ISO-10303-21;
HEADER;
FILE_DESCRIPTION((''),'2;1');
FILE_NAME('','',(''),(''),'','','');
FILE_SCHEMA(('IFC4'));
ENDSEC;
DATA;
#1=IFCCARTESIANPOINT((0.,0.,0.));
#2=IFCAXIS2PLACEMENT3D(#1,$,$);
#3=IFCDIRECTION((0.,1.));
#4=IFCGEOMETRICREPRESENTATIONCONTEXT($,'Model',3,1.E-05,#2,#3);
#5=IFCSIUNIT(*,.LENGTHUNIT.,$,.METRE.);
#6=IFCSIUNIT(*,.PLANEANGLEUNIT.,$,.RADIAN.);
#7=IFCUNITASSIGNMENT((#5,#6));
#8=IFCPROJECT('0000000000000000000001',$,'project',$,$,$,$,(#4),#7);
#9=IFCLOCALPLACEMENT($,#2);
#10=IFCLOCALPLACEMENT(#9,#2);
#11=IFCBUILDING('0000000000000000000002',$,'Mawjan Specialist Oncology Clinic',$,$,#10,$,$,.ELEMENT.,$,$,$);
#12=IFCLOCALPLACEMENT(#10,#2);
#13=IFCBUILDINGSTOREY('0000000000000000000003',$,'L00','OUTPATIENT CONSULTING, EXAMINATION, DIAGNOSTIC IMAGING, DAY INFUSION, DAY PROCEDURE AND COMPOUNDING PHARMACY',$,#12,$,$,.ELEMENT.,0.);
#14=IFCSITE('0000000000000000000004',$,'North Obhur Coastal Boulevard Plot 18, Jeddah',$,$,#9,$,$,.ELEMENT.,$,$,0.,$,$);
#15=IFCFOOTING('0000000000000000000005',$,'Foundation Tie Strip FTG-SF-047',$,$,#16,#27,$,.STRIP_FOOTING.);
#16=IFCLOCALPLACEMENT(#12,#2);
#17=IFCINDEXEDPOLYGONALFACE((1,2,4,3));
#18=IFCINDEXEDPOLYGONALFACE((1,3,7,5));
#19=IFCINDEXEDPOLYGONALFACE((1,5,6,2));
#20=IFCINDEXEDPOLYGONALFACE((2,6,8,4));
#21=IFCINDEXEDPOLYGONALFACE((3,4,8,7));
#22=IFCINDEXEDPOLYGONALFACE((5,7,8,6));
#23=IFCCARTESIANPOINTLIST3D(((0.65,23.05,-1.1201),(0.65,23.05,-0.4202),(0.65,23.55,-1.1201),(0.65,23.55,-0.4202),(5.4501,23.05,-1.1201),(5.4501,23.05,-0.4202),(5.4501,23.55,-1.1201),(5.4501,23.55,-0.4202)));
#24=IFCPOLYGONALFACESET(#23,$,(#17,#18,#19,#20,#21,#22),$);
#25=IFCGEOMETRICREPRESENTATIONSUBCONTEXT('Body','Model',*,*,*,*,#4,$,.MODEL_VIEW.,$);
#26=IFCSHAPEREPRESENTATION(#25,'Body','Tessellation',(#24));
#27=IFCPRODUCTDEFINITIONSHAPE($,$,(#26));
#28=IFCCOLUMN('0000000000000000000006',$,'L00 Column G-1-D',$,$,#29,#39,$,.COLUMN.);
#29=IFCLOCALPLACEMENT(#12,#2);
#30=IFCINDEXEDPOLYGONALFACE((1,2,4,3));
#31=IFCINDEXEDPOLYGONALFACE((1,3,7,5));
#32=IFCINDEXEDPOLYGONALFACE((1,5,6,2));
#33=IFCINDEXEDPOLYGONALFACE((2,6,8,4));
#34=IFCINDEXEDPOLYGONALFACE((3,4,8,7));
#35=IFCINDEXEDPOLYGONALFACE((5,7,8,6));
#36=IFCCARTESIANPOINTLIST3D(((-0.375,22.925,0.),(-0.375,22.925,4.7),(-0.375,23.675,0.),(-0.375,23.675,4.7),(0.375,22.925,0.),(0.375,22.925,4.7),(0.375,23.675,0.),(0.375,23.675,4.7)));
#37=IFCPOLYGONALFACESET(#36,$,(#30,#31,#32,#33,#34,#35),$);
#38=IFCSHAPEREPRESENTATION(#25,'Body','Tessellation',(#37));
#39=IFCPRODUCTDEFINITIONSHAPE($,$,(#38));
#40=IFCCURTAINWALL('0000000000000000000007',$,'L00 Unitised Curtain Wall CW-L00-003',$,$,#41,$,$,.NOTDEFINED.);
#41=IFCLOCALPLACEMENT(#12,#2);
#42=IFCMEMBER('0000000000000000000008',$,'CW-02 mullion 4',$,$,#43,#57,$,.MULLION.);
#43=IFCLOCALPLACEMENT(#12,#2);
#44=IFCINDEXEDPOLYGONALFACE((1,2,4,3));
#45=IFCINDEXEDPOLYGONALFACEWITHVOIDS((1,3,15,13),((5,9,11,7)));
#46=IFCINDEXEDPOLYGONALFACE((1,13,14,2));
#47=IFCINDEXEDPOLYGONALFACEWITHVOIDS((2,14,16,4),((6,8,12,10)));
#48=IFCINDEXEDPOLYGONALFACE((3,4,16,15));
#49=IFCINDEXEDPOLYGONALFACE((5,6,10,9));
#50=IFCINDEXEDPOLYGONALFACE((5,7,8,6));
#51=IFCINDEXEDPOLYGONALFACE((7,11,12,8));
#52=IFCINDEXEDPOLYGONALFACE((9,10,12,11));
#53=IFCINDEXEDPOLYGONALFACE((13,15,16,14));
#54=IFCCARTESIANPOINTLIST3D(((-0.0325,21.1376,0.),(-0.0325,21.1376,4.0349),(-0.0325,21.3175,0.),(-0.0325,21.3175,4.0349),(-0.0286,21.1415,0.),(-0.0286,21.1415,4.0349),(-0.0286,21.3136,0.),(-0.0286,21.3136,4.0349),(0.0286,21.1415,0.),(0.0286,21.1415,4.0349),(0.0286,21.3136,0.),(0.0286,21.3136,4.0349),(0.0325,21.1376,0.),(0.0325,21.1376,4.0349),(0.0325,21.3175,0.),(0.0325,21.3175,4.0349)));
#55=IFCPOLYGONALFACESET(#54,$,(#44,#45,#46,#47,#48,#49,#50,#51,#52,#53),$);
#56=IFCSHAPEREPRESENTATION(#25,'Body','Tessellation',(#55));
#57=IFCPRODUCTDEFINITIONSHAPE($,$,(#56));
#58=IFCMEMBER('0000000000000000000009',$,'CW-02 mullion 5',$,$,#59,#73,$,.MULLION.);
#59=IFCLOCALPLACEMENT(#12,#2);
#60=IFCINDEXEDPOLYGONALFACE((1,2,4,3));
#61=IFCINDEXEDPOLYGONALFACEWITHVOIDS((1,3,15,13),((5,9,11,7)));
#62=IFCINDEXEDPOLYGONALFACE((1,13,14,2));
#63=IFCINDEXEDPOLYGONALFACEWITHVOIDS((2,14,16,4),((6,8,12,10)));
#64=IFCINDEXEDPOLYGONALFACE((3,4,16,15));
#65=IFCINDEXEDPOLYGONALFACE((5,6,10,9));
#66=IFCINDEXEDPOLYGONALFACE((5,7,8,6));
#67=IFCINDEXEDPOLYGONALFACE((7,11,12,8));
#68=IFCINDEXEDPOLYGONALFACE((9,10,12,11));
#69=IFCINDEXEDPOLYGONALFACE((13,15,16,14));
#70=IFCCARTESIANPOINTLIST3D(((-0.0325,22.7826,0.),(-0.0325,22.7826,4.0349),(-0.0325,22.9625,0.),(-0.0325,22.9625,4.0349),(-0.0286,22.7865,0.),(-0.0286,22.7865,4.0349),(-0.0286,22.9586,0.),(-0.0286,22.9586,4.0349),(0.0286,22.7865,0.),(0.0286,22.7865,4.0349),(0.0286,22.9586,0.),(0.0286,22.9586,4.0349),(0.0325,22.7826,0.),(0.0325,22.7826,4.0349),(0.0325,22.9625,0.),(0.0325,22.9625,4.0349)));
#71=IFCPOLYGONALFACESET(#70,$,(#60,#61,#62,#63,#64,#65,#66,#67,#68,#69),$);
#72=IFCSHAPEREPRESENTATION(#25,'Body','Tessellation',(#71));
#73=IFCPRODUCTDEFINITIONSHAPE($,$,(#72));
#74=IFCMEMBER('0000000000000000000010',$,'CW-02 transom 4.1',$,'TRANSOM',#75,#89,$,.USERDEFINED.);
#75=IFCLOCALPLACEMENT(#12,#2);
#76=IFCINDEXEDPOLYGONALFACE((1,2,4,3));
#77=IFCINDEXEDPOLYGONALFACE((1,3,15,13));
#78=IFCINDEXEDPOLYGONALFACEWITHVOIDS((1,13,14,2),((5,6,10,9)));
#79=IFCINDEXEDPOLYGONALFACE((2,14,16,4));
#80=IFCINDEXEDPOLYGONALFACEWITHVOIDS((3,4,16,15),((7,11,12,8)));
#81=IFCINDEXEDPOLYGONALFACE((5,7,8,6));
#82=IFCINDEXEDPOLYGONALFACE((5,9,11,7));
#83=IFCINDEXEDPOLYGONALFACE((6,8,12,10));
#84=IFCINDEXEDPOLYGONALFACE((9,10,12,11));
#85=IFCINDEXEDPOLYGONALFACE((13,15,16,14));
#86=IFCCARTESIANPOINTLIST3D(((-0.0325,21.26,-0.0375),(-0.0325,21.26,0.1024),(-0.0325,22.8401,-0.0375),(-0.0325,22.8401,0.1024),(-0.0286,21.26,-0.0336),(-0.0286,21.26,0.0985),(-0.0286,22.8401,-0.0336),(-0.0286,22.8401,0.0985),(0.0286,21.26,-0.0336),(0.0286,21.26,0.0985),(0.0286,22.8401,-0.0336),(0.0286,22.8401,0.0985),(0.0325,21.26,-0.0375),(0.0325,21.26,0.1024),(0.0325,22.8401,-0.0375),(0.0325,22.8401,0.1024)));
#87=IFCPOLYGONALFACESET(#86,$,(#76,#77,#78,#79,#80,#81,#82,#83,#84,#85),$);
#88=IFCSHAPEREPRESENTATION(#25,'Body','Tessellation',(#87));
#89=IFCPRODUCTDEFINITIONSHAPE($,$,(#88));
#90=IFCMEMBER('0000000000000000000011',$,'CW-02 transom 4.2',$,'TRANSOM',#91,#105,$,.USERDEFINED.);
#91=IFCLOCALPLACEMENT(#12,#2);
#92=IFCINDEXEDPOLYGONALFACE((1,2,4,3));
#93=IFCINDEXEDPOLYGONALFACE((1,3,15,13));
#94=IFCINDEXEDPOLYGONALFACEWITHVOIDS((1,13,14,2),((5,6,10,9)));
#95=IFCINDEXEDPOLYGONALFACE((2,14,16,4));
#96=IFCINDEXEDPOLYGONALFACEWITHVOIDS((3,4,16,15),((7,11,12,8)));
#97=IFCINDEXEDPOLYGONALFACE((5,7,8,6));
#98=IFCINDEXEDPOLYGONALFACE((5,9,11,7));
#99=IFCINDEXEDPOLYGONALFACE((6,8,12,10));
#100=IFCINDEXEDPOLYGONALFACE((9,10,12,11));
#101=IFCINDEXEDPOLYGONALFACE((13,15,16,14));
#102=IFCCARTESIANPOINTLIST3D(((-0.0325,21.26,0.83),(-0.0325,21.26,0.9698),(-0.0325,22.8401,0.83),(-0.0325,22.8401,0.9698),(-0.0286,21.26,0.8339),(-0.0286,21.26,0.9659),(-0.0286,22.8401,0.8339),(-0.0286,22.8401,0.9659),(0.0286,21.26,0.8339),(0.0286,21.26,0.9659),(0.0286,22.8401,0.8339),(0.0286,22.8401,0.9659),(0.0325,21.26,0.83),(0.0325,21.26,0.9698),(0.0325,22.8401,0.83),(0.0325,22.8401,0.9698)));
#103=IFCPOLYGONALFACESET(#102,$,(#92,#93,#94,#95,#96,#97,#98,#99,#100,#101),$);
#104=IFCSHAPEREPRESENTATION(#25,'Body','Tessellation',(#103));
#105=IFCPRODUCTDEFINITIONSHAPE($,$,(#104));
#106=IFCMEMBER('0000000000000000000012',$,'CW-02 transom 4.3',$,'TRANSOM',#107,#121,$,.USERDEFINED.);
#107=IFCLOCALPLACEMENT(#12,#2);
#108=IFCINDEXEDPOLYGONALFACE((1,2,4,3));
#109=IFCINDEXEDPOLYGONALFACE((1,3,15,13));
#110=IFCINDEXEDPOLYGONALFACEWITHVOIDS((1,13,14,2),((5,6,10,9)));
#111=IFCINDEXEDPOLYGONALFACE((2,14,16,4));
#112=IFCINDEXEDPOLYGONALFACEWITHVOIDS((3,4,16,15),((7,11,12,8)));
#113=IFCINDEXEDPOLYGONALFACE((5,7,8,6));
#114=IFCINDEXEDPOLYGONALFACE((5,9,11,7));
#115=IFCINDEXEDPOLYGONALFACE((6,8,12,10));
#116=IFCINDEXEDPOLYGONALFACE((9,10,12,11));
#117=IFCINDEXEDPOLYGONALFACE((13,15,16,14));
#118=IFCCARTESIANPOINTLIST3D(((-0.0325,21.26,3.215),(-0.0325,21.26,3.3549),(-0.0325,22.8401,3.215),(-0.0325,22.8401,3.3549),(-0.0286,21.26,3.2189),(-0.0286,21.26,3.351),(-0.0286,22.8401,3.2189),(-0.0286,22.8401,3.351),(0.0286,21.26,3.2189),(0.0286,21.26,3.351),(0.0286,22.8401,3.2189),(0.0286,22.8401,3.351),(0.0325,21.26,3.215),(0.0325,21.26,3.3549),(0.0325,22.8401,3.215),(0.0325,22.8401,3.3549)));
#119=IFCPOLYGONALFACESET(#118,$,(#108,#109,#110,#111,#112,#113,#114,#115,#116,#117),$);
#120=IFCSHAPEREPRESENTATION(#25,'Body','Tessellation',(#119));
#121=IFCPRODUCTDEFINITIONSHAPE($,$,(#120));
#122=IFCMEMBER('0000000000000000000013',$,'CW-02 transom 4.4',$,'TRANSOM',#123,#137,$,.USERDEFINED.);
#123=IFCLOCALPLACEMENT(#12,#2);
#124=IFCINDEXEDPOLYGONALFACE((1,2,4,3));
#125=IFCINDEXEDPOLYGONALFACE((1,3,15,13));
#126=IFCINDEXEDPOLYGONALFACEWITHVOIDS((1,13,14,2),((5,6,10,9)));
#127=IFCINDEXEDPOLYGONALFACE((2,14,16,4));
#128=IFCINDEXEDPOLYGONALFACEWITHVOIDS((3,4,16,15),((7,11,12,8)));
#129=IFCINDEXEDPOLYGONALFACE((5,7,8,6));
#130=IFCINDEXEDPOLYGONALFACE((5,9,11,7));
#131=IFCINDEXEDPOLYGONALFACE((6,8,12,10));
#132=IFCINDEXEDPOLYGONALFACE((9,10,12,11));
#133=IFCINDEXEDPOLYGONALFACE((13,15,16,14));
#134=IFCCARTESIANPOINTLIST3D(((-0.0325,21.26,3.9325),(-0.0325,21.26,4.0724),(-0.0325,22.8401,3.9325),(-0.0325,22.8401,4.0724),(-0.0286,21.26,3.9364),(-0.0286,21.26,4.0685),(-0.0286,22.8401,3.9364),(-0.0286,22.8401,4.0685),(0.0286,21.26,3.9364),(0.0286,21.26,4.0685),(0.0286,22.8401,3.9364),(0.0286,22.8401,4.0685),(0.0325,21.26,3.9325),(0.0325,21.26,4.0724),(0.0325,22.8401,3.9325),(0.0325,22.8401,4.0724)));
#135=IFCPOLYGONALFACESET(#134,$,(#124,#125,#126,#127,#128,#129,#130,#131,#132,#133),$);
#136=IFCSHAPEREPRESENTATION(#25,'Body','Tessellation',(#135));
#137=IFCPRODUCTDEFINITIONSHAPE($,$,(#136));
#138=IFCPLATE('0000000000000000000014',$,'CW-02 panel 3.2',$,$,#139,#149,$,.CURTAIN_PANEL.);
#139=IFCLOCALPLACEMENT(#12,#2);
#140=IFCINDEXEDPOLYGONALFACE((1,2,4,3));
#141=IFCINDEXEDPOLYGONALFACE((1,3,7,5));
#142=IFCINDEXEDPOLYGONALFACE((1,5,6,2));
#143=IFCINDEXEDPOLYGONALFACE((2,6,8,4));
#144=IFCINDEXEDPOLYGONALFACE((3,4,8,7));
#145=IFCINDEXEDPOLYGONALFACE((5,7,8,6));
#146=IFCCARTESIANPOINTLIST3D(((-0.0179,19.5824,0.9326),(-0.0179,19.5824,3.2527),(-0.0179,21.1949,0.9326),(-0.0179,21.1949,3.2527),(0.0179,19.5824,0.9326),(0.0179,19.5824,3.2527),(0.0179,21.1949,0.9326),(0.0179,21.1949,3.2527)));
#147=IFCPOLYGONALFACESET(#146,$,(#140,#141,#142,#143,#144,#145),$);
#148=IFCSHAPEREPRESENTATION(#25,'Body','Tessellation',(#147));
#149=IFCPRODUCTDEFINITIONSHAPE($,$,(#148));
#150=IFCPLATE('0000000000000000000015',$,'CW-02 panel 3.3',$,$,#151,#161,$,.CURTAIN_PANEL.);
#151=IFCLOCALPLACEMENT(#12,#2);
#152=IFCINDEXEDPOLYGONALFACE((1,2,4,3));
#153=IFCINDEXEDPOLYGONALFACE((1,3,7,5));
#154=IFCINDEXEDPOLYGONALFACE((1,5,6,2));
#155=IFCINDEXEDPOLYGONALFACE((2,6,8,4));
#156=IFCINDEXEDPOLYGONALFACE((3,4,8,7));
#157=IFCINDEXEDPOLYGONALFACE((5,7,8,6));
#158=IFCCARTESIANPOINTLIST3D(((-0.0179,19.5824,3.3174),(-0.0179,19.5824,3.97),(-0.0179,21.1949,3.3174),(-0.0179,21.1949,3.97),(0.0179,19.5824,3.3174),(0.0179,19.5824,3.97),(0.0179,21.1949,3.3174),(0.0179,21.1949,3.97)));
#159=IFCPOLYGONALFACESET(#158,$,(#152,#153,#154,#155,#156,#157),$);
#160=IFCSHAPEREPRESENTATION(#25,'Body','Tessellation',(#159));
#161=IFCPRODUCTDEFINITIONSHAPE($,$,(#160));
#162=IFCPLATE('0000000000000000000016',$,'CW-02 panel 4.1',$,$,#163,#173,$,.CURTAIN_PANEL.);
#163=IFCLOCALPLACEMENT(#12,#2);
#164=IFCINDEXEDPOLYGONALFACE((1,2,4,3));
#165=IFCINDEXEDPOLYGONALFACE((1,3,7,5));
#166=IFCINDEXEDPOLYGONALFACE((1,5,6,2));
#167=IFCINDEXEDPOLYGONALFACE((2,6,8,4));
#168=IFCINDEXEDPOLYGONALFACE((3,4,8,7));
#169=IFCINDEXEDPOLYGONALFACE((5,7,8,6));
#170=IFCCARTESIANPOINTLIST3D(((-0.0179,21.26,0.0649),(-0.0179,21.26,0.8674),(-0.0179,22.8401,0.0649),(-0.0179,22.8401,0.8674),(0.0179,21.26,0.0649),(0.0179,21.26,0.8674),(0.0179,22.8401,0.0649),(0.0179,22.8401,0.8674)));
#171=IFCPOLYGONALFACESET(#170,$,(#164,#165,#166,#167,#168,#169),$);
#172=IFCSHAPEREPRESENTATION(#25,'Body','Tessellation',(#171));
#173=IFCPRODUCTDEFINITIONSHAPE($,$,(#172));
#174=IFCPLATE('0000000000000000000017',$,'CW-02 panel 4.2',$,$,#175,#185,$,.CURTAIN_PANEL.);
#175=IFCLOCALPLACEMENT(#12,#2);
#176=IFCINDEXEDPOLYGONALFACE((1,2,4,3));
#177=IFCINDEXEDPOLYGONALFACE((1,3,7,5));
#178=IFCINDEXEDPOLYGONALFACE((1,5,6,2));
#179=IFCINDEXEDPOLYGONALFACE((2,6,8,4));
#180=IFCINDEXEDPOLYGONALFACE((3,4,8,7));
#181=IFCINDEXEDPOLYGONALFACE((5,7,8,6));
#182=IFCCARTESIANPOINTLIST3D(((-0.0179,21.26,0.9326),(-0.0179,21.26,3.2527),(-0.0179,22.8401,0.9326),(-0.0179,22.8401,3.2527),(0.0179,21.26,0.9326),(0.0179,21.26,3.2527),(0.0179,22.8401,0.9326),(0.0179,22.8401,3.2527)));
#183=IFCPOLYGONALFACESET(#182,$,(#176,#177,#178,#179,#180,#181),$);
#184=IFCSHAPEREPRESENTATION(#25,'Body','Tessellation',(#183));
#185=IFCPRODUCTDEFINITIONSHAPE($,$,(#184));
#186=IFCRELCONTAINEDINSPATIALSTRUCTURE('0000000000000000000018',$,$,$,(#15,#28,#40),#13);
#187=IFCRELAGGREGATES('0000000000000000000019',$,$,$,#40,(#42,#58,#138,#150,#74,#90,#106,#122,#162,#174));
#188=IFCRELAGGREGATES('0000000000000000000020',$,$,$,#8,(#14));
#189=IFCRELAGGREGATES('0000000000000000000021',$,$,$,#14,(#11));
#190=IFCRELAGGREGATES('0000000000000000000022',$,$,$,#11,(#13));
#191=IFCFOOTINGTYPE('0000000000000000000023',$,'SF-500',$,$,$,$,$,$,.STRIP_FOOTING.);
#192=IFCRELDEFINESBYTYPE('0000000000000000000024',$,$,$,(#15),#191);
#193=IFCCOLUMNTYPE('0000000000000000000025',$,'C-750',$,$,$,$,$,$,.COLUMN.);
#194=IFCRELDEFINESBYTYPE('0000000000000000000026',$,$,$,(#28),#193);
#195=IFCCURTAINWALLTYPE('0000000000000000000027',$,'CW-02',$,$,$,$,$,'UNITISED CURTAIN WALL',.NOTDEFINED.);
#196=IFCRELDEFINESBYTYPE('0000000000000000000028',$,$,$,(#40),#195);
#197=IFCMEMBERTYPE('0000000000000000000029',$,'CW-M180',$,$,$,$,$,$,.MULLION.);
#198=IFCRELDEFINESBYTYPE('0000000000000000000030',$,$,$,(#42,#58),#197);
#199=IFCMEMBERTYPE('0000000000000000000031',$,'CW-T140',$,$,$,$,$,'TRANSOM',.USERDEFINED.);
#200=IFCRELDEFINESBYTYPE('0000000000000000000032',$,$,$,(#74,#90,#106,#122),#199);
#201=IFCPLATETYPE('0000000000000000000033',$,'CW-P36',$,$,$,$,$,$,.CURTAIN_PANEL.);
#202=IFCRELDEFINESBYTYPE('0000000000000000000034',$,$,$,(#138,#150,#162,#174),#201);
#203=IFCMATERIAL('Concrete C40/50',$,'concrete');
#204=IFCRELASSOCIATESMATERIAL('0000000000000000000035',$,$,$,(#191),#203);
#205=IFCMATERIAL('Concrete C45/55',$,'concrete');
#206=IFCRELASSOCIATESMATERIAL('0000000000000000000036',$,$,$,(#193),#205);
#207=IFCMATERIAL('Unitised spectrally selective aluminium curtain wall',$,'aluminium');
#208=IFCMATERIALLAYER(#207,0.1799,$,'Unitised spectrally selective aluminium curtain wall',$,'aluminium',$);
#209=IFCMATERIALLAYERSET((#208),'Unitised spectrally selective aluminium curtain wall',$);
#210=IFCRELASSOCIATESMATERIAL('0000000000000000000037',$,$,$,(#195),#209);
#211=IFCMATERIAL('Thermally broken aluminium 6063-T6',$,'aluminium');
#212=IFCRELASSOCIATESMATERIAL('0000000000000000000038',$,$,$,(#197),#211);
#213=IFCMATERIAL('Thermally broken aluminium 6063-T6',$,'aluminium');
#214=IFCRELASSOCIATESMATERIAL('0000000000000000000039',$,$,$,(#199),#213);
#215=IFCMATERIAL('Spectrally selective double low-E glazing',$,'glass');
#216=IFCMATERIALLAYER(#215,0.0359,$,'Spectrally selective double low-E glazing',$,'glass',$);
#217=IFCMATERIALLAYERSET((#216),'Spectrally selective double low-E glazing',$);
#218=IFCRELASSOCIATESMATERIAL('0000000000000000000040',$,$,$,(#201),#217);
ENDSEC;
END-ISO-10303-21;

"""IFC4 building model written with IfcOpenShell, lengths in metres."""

from ifc_helpers import new_model, si_unit, direction, frame, origin, origin_2d, place, context, subcontext, project, spatial, rectangle, hollow_rectangle, extrude, material, layer, layer_set, material_profile, profile_set, type_object, element, aggregate, save


model = new_model("IFC4")

# Units and contexts
model_context = context("Model", 3, precision=1e-05, world=origin(), true_north=direction((0.0, 1.0)))
body_context = subcontext(model_context, "Body", "Model", "MODEL_VIEW")
ifc_project = project(units=[si_unit("LENGTHUNIT", "METRE"), si_unit("PLANEANGLEUNIT", "RADIAN")], contexts=[model_context])

# Site, building, storey
site_placement = place(None, origin())
site = spatial("IfcSite", under=ifc_project, at=site_placement, Name="North Obhur Coastal Boulevard Plot 18, Jeddah", CompositionType="ELEMENT", RefElevation=0.0)
building_placement = place(site_placement, origin())
building = spatial("IfcBuilding", under=site, at=building_placement, Name="Mawjan Specialist Oncology Clinic", CompositionType="ELEMENT")
storey_placement = place(building_placement, origin())
storey = spatial("IfcBuildingStorey", under=building, at=storey_placement, Name="L00", Description="OUTPATIENT CONSULTING, EXAMINATION, DIAGNOSTIC IMAGING, DAY INFUSION, DAY PROCEDURE AND COMPOUNDING PHARMACY", CompositionType="ELEMENT", Elevation=0.0)

# Footing
ifc_material_1 = material(Name="Concrete C40/50", Category="concrete")
footing_type_1 = type_object("IfcFootingType", Name="SF-500", PredefinedType="STRIP_FOOTING", material=ifc_material_1)
footing_1_placement = place(storey_placement, frame((3.05, 23.3, -1.1201), z_axis=(0.0, 0.0, 1.0), x_axis=(1.0, 0.0, 0.0)))
element("IfcFooting", 1, at=footing_1_placement, inside=storey, type_object=footing_type_1, Name="Foundation Tie Strip FTG-SF-047", PredefinedType="STRIP_FOOTING", context=body_context, shape_type="SweptSolid", body=[
    extrude(rectangle(XDim=4.8, YDim=0.5, at=origin_2d()), origin(), (0.0, 0.0, 1.0), 0.7),
])

# Column
ifc_material_2 = material(Name="Concrete C45/55", Category="concrete")
ifc_material_profile_1 = material_profile(ifc_material_2, rectangle(XDim=0.75, YDim=0.75, at=origin_2d()), Name="RC COL 750x750", Category="concrete")
ifc_profile_set_1 = profile_set([ifc_material_profile_1], Name="Concrete C45/55")
column_type = type_object("IfcColumnType", Name="C-750", PredefinedType="COLUMN", material=ifc_profile_set_1)
column_placement = place(storey_placement, frame((0.0, 23.3, 0.0), z_axis=(0.0, 0.0, 1.0), x_axis=(1.0, 0.0, 0.0)))
element("IfcColumn", 2, at=column_placement, inside=storey, type_object=column_type, Name="L00 Column G-1-D", PredefinedType="COLUMN", context=body_context, shape_type="SweptSolid", body=[
    extrude(rectangle(XDim=0.75, YDim=0.75, at=origin_2d()), origin(), (0.0, 0.0, 1.0), 4.7),
])

# Curtain wall, members, plates
ifc_material_3 = material(Name="Unitised spectrally selective aluminium curtain wall", Category="aluminium")
ifc_layer_1 = layer(ifc_material_3, 0.1799, Name="Unitised spectrally selective aluminium curtain wall", Category="aluminium")
ifc_layer_set_1 = layer_set([ifc_layer_1], Name="Unitised spectrally selective aluminium curtain wall")
curtain_wall_type = type_object("IfcCurtainWallType", Name="CW-02", ElementType="UNITISED CURTAIN WALL", PredefinedType="NOTDEFINED", material=ifc_layer_set_1)
curtain_wall_placement = place(storey_placement, origin())
curtain_wall = element("IfcCurtainWall", 3, at=curtain_wall_placement, inside=storey, type_object=curtain_wall_type, Name="L00 Unitised Curtain Wall CW-L00-003", PredefinedType="NOTDEFINED")
ifc_material_4 = material(Name="Thermally broken aluminium 6063-T6", Category="aluminium")
ifc_material_profile_2 = material_profile(ifc_material_4, hollow_rectangle(XDim=0.0649, YDim=0.1799, WallThickness=0.0039, at=origin_2d()), Name="ALU MULLION 180x65x4", Category="aluminium")
ifc_profile_set_2 = profile_set([ifc_material_profile_2], Name="Thermally broken aluminium 6063-T6")
member_type_1 = type_object("IfcMemberType", Name="CW-M180", PredefinedType="MULLION", material=ifc_profile_set_2)
member_1_placement = place(storey_placement, frame((0.0, 21.2275, 0.0), z_axis=(0.0, 0.0, 1.0), x_axis=(-1.0, 0.0, 0.0)))
member_1 = element("IfcMember", 4, at=member_1_placement, type_object=member_type_1, Name="CW-02 mullion 4", PredefinedType="MULLION", context=body_context, shape_type="SweptSolid", body=[
    extrude(hollow_rectangle(XDim=0.0649, YDim=0.1799, WallThickness=0.0039, at=origin_2d()), origin(), (0.0, 0.0, 1.0), 4.0349),
])
member_2_placement = place(storey_placement, frame((0.0, 22.8726, 0.0), z_axis=(0.0, 0.0, 1.0), x_axis=(-1.0, 0.0, 0.0)))
member_2 = element("IfcMember", 5, at=member_2_placement, type_object=member_type_1, Name="CW-02 mullion 5", PredefinedType="MULLION", context=body_context, shape_type="SweptSolid", body=[
    extrude(hollow_rectangle(XDim=0.0649, YDim=0.1799, WallThickness=0.0039, at=origin_2d()), origin(), (0.0, 0.0, 1.0), 4.0349),
])
ifc_material_5 = material(Name="Thermally broken aluminium 6063-T6", Category="aluminium")
ifc_material_profile_3 = material_profile(ifc_material_5, hollow_rectangle(XDim=0.0649, YDim=0.1399, WallThickness=0.0039, at=origin_2d()), Name="ALU TRANSOM 140x65x4", Category="aluminium")
ifc_profile_set_3 = profile_set([ifc_material_profile_3], Name="Thermally broken aluminium 6063-T6")
member_type_2 = type_object("IfcMemberType", Name="CW-T140", ElementType="TRANSOM", PredefinedType="USERDEFINED", material=ifc_profile_set_3)
member_3_placement = place(storey_placement, frame((0.0, 21.26, 0.0325), z_axis=(0.0, 1.0, 0.0), x_axis=(-1.0, 0.0, 0.0)))
member_3 = element("IfcMember", 6, at=member_3_placement, type_object=member_type_2, Name="CW-02 transom 4.1", ObjectType="TRANSOM", PredefinedType="USERDEFINED", context=body_context, shape_type="SweptSolid", body=[
    extrude(hollow_rectangle(XDim=0.0649, YDim=0.1399, WallThickness=0.0039, at=origin_2d()), origin(), (0.0, 0.0, 1.0), 1.5801),
])
member_4_placement = place(storey_placement, frame((0.0, 21.26, 0.8999), z_axis=(0.0, 1.0, 0.0), x_axis=(-1.0, 0.0, 0.0)))
member_4 = element("IfcMember", 7, at=member_4_placement, type_object=member_type_2, Name="CW-02 transom 4.2", ObjectType="TRANSOM", PredefinedType="USERDEFINED", context=body_context, shape_type="SweptSolid", body=[
    extrude(hollow_rectangle(XDim=0.0649, YDim=0.1399, WallThickness=0.0039, at=origin_2d()), origin(), (0.0, 0.0, 1.0), 1.5801),
])
member_5_placement = place(storey_placement, frame((0.0, 21.26, 3.2849), z_axis=(0.0, 1.0, 0.0), x_axis=(-1.0, 0.0, 0.0)))
member_5 = element("IfcMember", 8, at=member_5_placement, type_object=member_type_2, Name="CW-02 transom 4.3", ObjectType="TRANSOM", PredefinedType="USERDEFINED", context=body_context, shape_type="SweptSolid", body=[
    extrude(hollow_rectangle(XDim=0.0649, YDim=0.1399, WallThickness=0.0039, at=origin_2d()), origin(), (0.0, 0.0, 1.0), 1.5801),
])
member_6_placement = place(storey_placement, frame((0.0, 21.26, 4.0024), z_axis=(0.0, 1.0, 0.0), x_axis=(-1.0, 0.0, 0.0)))
member_6 = element("IfcMember", 9, at=member_6_placement, type_object=member_type_2, Name="CW-02 transom 4.4", ObjectType="TRANSOM", PredefinedType="USERDEFINED", context=body_context, shape_type="SweptSolid", body=[
    extrude(hollow_rectangle(XDim=0.0649, YDim=0.1399, WallThickness=0.0039, at=origin_2d()), origin(), (0.0, 0.0, 1.0), 1.5801),
])
ifc_material_6 = material(Name="Spectrally selective double low-E glazing", Category="glass")
ifc_layer_2 = layer(ifc_material_6, 0.0359, Name="Spectrally selective double low-E glazing", Category="glass")
ifc_layer_set_2 = layer_set([ifc_layer_2], Name="Spectrally selective double low-E glazing")
plate_type = type_object("IfcPlateType", Name="CW-P36", PredefinedType="CURTAIN_PANEL", material=ifc_layer_set_2)
plate_1_placement = place(storey_placement, frame((0.0, 20.3887, 0.9326), z_axis=(0.0, 0.0, 1.0), x_axis=(0.0, 1.0, 0.0)))
plate_1 = element("IfcPlate", 10, at=plate_1_placement, type_object=plate_type, Name="CW-02 panel 3.2", PredefinedType="CURTAIN_PANEL", context=body_context, shape_type="SweptSolid", body=[
    extrude(rectangle(XDim=1.6125, YDim=0.0359, at=origin_2d()), origin(), (0.0, 0.0, 1.0), 2.3201),
])
plate_2_placement = place(storey_placement, frame((0.0, 20.3887, 3.3174), z_axis=(0.0, 0.0, 1.0), x_axis=(0.0, 1.0, 0.0)))
plate_2 = element("IfcPlate", 11, at=plate_2_placement, type_object=plate_type, Name="CW-02 panel 3.3", PredefinedType="CURTAIN_PANEL", context=body_context, shape_type="SweptSolid", body=[
    extrude(rectangle(XDim=1.6125, YDim=0.0359, at=origin_2d()), origin(), (0.0, 0.0, 1.0), 0.6526),
])
plate_3_placement = place(storey_placement, frame((0.0, 22.05, 0.0649), z_axis=(0.0, 0.0, 1.0), x_axis=(0.0, 1.0, 0.0)))
plate_3 = element("IfcPlate", 12, at=plate_3_placement, type_object=plate_type, Name="CW-02 panel 4.1", PredefinedType="CURTAIN_PANEL", context=body_context, shape_type="SweptSolid", body=[
    extrude(rectangle(XDim=1.5801, YDim=0.0359, at=origin_2d()), origin(), (0.0, 0.0, 1.0), 0.8025),
])
plate_4_placement = place(storey_placement, frame((0.0, 22.05, 0.9326), z_axis=(0.0, 0.0, 1.0), x_axis=(0.0, 1.0, 0.0)))
plate_4 = element("IfcPlate", 13, at=plate_4_placement, type_object=plate_type, Name="CW-02 panel 4.2", PredefinedType="CURTAIN_PANEL", context=body_context, shape_type="SweptSolid", body=[
    extrude(rectangle(XDim=1.5801, YDim=0.0359, at=origin_2d()), origin(), (0.0, 0.0, 1.0), 2.3201),
])
aggregate(curtain_wall, [member_1, member_2, plate_1, plate_2, member_3, member_4, member_5, member_6, plate_3, plate_4])

save(model, "model.ifc")
